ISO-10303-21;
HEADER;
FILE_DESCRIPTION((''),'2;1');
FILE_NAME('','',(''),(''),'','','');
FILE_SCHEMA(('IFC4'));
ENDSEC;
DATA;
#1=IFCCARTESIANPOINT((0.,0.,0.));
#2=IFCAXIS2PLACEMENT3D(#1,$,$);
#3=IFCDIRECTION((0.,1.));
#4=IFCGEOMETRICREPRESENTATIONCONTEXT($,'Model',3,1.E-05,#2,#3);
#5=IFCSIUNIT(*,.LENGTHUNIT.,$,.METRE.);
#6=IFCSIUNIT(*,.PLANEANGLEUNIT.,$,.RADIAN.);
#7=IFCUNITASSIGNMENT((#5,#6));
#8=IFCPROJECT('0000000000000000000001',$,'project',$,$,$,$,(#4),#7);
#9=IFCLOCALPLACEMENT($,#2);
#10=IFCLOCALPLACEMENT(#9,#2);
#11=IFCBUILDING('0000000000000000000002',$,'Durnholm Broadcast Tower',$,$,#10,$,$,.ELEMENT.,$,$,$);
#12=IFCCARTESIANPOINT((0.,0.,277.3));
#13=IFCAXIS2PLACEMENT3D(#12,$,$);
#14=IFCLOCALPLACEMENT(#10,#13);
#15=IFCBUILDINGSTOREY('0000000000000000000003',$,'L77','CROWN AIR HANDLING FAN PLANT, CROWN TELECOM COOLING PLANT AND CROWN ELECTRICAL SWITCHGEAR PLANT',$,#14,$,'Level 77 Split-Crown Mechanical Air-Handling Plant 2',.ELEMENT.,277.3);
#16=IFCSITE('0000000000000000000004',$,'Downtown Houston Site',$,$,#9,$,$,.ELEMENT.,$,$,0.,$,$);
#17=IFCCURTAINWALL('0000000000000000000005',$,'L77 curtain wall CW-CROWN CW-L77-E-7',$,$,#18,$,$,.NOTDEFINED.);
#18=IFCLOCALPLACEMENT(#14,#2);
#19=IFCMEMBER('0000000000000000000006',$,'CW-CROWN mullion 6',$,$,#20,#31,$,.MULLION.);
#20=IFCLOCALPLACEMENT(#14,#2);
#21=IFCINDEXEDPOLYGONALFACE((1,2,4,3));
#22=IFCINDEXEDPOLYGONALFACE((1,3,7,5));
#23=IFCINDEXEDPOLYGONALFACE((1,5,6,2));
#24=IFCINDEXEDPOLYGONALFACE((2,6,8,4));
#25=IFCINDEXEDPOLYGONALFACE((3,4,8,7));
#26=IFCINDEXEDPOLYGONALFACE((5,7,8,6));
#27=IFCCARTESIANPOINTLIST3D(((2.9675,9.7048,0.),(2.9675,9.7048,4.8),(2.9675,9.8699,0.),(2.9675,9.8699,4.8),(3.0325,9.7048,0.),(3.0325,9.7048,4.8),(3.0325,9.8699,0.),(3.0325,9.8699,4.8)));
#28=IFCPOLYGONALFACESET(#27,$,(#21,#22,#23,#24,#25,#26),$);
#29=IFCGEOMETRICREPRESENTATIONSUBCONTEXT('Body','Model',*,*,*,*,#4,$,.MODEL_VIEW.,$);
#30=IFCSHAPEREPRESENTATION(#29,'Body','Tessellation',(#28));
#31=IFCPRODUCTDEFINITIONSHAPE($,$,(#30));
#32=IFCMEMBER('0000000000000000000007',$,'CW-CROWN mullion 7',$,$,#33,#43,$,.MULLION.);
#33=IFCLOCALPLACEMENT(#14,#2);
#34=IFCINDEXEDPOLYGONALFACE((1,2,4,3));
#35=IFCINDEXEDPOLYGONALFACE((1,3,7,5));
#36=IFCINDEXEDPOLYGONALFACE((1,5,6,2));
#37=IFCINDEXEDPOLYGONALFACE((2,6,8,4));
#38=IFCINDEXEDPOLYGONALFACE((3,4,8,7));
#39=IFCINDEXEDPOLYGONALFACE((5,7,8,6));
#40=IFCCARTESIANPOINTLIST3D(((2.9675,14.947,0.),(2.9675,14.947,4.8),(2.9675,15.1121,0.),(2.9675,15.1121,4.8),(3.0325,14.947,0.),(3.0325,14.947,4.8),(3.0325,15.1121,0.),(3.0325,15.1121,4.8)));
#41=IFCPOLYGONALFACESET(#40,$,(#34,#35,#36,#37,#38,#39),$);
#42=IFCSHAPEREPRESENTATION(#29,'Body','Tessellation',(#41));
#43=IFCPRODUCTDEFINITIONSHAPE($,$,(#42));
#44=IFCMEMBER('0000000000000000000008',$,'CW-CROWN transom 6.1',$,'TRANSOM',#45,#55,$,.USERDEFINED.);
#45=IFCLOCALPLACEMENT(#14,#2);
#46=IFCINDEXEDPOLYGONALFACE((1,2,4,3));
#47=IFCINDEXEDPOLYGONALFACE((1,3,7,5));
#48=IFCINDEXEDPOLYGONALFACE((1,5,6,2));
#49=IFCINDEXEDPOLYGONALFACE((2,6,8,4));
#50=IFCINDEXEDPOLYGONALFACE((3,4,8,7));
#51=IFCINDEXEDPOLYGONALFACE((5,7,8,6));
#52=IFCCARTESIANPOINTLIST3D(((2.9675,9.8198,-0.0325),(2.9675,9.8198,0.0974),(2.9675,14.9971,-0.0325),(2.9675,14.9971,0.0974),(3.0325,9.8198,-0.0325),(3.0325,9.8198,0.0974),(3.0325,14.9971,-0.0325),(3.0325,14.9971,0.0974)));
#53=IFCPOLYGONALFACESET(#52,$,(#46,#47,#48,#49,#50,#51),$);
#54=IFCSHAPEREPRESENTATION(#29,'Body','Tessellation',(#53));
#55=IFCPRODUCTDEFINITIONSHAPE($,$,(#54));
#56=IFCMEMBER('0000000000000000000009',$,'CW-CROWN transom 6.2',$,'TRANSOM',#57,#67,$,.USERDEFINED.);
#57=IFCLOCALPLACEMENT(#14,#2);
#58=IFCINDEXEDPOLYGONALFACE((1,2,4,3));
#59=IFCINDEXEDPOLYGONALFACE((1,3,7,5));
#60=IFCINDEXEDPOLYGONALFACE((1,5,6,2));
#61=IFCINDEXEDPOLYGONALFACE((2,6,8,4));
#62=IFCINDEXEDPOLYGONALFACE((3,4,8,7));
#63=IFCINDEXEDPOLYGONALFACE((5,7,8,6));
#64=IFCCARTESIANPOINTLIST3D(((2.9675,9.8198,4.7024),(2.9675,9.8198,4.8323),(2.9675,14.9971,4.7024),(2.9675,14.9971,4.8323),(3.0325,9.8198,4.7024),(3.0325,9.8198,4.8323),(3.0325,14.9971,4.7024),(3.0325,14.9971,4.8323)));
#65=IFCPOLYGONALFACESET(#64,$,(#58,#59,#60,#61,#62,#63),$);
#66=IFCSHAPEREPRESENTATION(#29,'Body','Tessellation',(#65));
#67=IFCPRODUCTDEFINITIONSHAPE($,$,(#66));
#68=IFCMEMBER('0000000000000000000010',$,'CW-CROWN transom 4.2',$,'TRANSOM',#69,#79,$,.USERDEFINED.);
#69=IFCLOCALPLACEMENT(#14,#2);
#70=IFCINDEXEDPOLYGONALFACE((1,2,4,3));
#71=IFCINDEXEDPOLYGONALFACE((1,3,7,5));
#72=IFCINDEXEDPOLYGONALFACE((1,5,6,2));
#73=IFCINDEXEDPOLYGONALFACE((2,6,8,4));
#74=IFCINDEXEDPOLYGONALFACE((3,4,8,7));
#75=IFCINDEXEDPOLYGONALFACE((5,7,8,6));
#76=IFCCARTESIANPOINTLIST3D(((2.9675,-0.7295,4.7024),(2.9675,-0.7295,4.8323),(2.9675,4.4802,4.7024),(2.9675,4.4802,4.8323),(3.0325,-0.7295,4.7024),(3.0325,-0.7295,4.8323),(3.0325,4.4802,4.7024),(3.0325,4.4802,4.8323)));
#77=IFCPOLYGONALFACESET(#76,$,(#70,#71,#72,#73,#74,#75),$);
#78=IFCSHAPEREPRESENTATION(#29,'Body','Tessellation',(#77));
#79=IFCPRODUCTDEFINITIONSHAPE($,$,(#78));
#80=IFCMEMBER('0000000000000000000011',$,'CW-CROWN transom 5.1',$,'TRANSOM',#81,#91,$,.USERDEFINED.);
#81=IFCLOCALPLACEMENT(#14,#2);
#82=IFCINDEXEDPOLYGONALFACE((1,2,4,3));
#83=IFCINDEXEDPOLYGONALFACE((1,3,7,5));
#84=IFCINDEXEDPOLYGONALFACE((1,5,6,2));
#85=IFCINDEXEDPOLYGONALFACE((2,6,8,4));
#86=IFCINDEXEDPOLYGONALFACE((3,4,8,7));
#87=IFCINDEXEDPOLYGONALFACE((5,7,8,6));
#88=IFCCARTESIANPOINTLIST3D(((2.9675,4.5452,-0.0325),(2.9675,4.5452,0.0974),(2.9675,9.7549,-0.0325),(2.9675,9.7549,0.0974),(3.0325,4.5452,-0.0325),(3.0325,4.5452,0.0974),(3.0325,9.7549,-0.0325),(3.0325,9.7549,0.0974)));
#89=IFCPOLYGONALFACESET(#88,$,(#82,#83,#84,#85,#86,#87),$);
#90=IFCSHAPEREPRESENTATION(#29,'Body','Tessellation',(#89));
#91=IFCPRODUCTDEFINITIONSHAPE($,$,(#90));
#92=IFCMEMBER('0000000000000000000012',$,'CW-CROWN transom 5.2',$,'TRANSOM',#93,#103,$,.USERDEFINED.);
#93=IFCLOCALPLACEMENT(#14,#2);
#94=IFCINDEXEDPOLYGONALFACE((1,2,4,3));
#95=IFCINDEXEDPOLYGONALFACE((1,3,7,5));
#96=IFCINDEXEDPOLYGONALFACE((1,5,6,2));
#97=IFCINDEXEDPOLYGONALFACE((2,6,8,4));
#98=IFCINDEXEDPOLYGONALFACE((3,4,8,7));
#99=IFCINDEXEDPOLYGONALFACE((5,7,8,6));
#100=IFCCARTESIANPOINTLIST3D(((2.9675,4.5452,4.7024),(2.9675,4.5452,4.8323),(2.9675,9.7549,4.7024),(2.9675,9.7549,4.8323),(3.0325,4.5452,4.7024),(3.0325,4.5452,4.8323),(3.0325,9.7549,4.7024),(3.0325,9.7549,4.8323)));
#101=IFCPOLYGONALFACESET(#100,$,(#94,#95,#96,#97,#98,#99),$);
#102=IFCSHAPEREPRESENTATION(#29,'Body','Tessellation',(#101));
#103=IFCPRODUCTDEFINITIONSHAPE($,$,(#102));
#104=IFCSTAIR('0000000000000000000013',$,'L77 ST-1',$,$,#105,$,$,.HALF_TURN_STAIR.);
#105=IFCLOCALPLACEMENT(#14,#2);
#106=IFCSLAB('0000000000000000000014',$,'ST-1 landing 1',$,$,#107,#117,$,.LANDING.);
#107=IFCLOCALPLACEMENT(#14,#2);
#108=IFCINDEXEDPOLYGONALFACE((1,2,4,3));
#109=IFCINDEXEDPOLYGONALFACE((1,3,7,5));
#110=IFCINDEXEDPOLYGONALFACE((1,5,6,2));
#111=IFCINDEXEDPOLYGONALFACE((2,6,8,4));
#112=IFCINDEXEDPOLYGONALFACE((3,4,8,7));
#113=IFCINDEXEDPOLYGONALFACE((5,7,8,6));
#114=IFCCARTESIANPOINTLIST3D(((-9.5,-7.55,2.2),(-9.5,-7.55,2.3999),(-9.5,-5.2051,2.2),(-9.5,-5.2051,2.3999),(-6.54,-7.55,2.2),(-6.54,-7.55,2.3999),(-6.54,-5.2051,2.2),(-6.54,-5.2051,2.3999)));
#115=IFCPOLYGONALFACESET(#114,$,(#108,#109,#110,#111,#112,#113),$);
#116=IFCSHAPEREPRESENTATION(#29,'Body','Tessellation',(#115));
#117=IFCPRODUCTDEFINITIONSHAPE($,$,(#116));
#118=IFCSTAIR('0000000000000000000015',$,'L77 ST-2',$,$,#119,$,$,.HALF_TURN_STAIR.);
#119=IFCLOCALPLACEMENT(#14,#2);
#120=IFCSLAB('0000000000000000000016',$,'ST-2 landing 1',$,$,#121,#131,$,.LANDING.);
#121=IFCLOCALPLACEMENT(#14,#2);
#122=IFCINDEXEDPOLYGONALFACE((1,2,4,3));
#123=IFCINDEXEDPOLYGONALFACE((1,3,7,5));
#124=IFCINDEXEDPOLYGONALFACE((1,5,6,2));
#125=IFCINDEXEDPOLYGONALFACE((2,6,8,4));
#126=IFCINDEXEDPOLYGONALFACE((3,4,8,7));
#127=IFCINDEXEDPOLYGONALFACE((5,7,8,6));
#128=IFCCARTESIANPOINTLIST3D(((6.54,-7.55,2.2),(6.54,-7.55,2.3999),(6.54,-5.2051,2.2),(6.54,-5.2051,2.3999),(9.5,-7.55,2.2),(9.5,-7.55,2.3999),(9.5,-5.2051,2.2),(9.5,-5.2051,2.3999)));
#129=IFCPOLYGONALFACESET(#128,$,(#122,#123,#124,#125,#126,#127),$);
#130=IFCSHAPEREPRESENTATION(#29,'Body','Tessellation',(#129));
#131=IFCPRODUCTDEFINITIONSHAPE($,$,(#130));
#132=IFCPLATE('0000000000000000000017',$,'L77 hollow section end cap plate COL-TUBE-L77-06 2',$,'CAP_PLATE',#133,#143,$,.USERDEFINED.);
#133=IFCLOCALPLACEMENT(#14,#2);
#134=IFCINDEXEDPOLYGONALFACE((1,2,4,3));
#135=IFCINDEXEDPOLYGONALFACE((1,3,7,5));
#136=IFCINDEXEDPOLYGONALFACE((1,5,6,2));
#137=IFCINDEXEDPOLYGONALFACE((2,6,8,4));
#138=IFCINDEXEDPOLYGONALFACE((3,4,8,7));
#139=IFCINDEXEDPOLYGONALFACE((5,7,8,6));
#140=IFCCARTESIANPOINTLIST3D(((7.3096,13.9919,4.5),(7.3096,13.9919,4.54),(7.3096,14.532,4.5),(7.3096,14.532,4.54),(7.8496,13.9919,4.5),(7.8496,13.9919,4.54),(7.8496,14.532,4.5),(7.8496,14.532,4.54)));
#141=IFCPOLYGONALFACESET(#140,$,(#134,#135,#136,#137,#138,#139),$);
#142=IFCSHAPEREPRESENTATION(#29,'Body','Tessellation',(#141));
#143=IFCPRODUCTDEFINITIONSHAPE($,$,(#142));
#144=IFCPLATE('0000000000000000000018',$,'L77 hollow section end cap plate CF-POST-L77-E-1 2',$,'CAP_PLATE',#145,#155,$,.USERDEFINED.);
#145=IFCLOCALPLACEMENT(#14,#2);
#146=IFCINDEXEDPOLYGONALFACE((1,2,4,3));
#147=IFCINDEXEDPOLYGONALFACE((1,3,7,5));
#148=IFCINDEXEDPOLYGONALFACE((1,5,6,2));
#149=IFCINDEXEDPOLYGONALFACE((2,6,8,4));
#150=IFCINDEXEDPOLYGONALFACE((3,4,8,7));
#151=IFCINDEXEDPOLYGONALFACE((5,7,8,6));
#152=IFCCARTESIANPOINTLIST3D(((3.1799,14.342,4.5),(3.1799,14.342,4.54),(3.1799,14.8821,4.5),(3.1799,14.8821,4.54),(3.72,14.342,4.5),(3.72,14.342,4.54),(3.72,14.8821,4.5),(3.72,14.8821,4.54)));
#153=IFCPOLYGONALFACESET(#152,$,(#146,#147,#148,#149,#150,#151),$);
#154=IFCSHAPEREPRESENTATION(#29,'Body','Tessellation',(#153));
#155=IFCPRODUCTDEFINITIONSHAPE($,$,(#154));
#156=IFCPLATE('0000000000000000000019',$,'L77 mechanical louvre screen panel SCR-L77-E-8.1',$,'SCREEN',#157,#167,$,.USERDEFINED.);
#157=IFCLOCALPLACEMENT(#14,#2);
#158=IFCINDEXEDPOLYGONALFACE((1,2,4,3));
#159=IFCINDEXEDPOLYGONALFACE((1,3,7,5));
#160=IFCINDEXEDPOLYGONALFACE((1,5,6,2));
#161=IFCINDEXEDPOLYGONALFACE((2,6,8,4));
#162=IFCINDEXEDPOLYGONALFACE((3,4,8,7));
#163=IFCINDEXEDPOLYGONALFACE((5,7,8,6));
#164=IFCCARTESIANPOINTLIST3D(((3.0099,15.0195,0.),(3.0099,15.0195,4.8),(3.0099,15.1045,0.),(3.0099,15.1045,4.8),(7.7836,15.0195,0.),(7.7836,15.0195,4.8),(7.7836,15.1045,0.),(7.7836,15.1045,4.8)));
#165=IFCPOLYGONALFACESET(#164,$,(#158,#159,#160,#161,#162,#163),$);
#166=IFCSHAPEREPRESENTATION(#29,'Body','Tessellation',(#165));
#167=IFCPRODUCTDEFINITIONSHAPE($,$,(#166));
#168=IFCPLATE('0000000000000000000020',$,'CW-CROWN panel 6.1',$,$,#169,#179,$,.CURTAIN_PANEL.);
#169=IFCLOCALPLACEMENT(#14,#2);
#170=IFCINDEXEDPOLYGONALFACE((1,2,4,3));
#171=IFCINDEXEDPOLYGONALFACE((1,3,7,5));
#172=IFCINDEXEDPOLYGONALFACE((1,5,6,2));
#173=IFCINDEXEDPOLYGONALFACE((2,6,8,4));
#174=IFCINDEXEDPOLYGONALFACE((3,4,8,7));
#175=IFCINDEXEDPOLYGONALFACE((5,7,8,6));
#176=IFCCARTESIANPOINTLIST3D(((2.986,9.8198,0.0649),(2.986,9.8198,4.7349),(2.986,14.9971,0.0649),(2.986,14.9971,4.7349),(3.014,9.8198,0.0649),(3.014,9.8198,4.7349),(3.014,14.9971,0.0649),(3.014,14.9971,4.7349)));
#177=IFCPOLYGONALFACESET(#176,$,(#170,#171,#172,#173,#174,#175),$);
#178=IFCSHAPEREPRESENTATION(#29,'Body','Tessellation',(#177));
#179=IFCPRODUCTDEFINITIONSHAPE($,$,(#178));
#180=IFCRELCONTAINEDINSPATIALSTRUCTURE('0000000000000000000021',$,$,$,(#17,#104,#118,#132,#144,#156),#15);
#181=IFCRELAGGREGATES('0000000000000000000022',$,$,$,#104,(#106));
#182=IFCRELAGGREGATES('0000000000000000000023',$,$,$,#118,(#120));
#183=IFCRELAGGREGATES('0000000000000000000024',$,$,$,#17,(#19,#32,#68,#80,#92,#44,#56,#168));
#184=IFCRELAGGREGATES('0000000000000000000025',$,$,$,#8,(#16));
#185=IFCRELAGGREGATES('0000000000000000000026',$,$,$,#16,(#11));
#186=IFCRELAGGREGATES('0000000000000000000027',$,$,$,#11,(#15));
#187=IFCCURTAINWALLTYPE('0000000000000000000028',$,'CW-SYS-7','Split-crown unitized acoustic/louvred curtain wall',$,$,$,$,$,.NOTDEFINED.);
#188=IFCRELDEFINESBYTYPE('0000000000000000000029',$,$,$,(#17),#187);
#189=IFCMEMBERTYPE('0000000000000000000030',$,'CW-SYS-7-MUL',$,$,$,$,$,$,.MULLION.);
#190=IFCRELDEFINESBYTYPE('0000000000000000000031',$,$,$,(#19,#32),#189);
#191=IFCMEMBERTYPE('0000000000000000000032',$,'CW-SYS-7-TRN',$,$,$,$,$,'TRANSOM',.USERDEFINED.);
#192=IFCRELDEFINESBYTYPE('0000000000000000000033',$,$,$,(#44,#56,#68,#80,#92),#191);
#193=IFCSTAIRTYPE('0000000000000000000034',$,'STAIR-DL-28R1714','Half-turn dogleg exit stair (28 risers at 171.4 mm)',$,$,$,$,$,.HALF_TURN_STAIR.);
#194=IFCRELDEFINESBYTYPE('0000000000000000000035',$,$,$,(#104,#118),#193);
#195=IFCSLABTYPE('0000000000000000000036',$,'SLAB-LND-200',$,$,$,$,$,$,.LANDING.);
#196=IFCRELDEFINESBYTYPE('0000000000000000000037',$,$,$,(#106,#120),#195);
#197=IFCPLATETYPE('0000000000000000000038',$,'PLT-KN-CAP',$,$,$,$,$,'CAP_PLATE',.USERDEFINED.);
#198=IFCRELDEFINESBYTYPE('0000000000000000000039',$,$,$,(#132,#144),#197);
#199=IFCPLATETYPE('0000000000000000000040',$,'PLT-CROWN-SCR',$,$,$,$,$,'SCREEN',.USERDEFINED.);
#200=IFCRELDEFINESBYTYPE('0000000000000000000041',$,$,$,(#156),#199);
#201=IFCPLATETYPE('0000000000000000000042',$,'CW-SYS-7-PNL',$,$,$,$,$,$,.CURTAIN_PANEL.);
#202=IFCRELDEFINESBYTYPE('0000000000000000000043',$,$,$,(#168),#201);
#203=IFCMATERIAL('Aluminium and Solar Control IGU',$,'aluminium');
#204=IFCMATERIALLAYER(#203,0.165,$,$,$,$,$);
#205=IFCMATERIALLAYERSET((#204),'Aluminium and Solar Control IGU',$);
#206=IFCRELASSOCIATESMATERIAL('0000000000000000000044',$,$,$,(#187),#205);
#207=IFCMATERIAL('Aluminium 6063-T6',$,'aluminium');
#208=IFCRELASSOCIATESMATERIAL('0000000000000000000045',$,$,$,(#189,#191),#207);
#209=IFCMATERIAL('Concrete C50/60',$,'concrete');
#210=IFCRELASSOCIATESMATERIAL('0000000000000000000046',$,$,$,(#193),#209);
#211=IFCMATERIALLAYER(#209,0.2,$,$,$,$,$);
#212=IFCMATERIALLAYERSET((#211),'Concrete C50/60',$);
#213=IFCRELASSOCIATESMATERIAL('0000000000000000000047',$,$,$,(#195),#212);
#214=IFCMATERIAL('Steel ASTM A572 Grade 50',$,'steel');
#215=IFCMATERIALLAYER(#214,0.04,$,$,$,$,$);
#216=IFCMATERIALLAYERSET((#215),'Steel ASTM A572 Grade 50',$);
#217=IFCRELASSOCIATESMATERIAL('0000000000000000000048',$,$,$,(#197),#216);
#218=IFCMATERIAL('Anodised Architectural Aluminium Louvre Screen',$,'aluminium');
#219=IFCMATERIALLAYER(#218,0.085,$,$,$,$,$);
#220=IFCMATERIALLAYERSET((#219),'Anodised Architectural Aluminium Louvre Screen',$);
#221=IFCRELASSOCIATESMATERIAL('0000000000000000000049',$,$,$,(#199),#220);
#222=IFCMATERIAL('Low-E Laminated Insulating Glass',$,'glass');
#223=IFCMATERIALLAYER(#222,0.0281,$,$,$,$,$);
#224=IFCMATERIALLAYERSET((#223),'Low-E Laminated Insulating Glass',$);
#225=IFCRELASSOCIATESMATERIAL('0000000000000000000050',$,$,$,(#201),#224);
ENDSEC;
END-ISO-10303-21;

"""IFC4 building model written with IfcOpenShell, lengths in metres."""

from ifc_helpers import new_model, si_unit, direction, frame, origin, origin_2d, place, context, subcontext, project, spatial, polyline, rectangle, outline, extrude, source, transform, mapped, material, layer, layer_set, material_profile, profile_set, type_object, type_shapes, element, aggregate, save


model = new_model("IFC4")

# Units and contexts
model_context = context("Model", 3, precision=1e-05, world=origin(), true_north=direction((0.0, 1.0)))
body_context = subcontext(model_context, "Body", "Model", "MODEL_VIEW")
ifc_project = project(units=[si_unit("LENGTHUNIT", "METRE"), si_unit("PLANEANGLEUNIT", "RADIAN")], contexts=[model_context])

# Site, building, storey
site_placement = place(None, origin())
site = spatial("IfcSite", under=ifc_project, at=site_placement, Name="Downtown Houston Site", CompositionType="ELEMENT", RefElevation=0.0)
building_placement = place(site_placement, origin())
building = spatial("IfcBuilding", under=site, at=building_placement, Name="Durnholm Broadcast Tower", CompositionType="ELEMENT")
storey_placement = place(building_placement, frame((0.0, 0.0, 277.3)))
storey = spatial("IfcBuildingStorey", under=building, at=storey_placement, Name="L77", Description="CROWN AIR HANDLING FAN PLANT, CROWN TELECOM COOLING PLANT AND CROWN ELECTRICAL SWITCHGEAR PLANT", LongName="Level 77 Split-Crown Mechanical Air-Handling Plant 2", CompositionType="ELEMENT", Elevation=277.3)

# Curtain wall, members
ifc_material_1 = material(Name="Aluminium and Solar Control IGU", Category="aluminium")
ifc_layer_1 = layer(ifc_material_1, 0.165)
ifc_layer_set_1 = layer_set([ifc_layer_1], Name="Aluminium and Solar Control IGU")
curtain_wall_type = type_object("IfcCurtainWallType", Name="CW-SYS-7", Description="Split-crown unitized acoustic/louvred curtain wall", PredefinedType="NOTDEFINED", material=ifc_layer_set_1)
curtain_wall_placement = place(storey_placement, origin())
curtain_wall = element("IfcCurtainWall", 1, at=curtain_wall_placement, inside=storey, type_object=curtain_wall_type, Name="L77 curtain wall CW-CROWN CW-L77-E-7", PredefinedType="NOTDEFINED")
ifc_material_2 = material(Name="Aluminium 6063-T6", Category="aluminium")
ifc_material_profile_1 = material_profile(ifc_material_2, rectangle(XDim=0.0649, YDim=0.165, at=origin_2d()), Name="CWM65X165")
ifc_profile_set_1 = profile_set([ifc_material_profile_1], Name="Aluminium 6063-T6")
member_type_1 = type_object("IfcMemberType", Name="CW-SYS-7-MUL", PredefinedType="MULLION", material=ifc_profile_set_1)
shared_shape_1 = source(origin(), body_context, "Body", "SweptSolid", [
    extrude(rectangle(XDim=0.0649, YDim=0.165, at=origin_2d()), origin(), (0.0, 0.0, 1.0), 4.8),
])
type_shapes(member_type_1, [shared_shape_1])
member_1_placement = place(storey_placement, frame((3.0, 9.7874, 0.0), z_axis=(0.0, 0.0, 1.0), x_axis=(-1.0, 0.0, 0.0)))
member_1 = element("IfcMember", 2, at=member_1_placement, type_object=member_type_1, Name="CW-CROWN mullion 6", PredefinedType="MULLION", context=body_context, shape_type="MappedRepresentation", body=[
    mapped(shared_shape_1, transform((0.0, 0.0, 0.0), x_axis=(1.0, 0.0, 0.0), y_axis=(0.0, 1.0, 0.0), z_axis=(0.0, 0.0, 1.0), scale=1.0)),
])
member_2_placement = place(storey_placement, frame((3.0, 15.0295, 0.0), z_axis=(0.0, 0.0, 1.0), x_axis=(-1.0, 0.0, 0.0)))
member_2 = element("IfcMember", 3, at=member_2_placement, type_object=member_type_1, Name="CW-CROWN mullion 7", PredefinedType="MULLION", context=body_context, shape_type="MappedRepresentation", body=[
    mapped(shared_shape_1, transform((0.0, 0.0, 0.0), x_axis=(1.0, 0.0, 0.0), y_axis=(0.0, 1.0, 0.0), z_axis=(0.0, 0.0, 1.0), scale=1.0)),
])
ifc_material_profile_2 = material_profile(ifc_material_2, rectangle(XDim=0.0649, YDim=0.1299, at=origin_2d()), Name="CWT65X130")
ifc_profile_set_2 = profile_set([ifc_material_profile_2], Name="Aluminium 6063-T6")
member_type_2 = type_object("IfcMemberType", Name="CW-SYS-7-TRN", ElementType="TRANSOM", PredefinedType="USERDEFINED", material=ifc_profile_set_2)
shared_shape_2 = source(origin(), body_context, "Body", "SweptSolid", [
    extrude(rectangle(XDim=0.0649, YDim=0.1299, at=origin_2d()), origin(), (0.0, 0.0, 1.0), 5.1772),
])
member_3_placement = place(storey_placement, frame((3.0, 9.8198, 0.0325), z_axis=(0.0, 1.0, 0.0), x_axis=(-1.0, 0.0, 0.0)))
member_3 = element("IfcMember", 4, at=member_3_placement, type_object=member_type_2, Name="CW-CROWN transom 6.1", ObjectType="TRANSOM", PredefinedType="USERDEFINED", context=body_context, shape_type="MappedRepresentation", body=[
    mapped(shared_shape_2, transform((0.0, 0.0, 0.0), x_axis=(1.0, 0.0, 0.0), y_axis=(0.0, 1.0, 0.0), z_axis=(0.0, 0.0, 1.0), scale=1.0)),
])
member_4_placement = place(storey_placement, frame((3.0, 9.8198, 4.7673), z_axis=(0.0, 1.0, 0.0), x_axis=(-1.0, 0.0, 0.0)))
member_4 = element("IfcMember", 5, at=member_4_placement, type_object=member_type_2, Name="CW-CROWN transom 6.2", ObjectType="TRANSOM", PredefinedType="USERDEFINED", context=body_context, shape_type="MappedRepresentation", body=[
    mapped(shared_shape_2, transform((0.0, 0.0, 0.0), x_axis=(1.0, 0.0, 0.0), y_axis=(0.0, 1.0, 0.0), z_axis=(0.0, 0.0, 1.0), scale=1.0)),
])
shared_shape_3 = source(origin(), body_context, "Body", "SweptSolid", [
    extrude(rectangle(XDim=0.0649, YDim=0.1299, at=origin_2d()), origin(), (0.0, 0.0, 1.0), 5.2097),
])
type_shapes(member_type_2, [shared_shape_2, shared_shape_3])
member_5_placement = place(storey_placement, frame((3.0, -0.7295, 4.7673), z_axis=(0.0, 1.0, 0.0), x_axis=(-1.0, 0.0, 0.0)))
member_5 = element("IfcMember", 6, at=member_5_placement, type_object=member_type_2, Name="CW-CROWN transom 4.2", ObjectType="TRANSOM", PredefinedType="USERDEFINED", context=body_context, shape_type="MappedRepresentation", body=[
    mapped(shared_shape_3, transform((0.0, 0.0, 0.0), x_axis=(1.0, 0.0, 0.0), y_axis=(0.0, 1.0, 0.0), z_axis=(0.0, 0.0, 1.0), scale=1.0)),
])
member_6_placement = place(storey_placement, frame((3.0, 4.5452, 0.0325), z_axis=(0.0, 1.0, 0.0), x_axis=(-1.0, 0.0, 0.0)))
member_6 = element("IfcMember", 7, at=member_6_placement, type_object=member_type_2, Name="CW-CROWN transom 5.1", ObjectType="TRANSOM", PredefinedType="USERDEFINED", context=body_context, shape_type="MappedRepresentation", body=[
    mapped(shared_shape_3, transform((0.0, 0.0, 0.0), x_axis=(1.0, 0.0, 0.0), y_axis=(0.0, 1.0, 0.0), z_axis=(0.0, 0.0, 1.0), scale=1.0)),
])
member_7_placement = place(storey_placement, frame((3.0, 4.5452, 4.7673), z_axis=(0.0, 1.0, 0.0), x_axis=(-1.0, 0.0, 0.0)))
member_7 = element("IfcMember", 8, at=member_7_placement, type_object=member_type_2, Name="CW-CROWN transom 5.2", ObjectType="TRANSOM", PredefinedType="USERDEFINED", context=body_context, shape_type="MappedRepresentation", body=[
    mapped(shared_shape_3, transform((0.0, 0.0, 0.0), x_axis=(1.0, 0.0, 0.0), y_axis=(0.0, 1.0, 0.0), z_axis=(0.0, 0.0, 1.0), scale=1.0)),
])

# Stairs, slabs
ifc_material_3 = material(Name="Concrete C50/60", Category="concrete")
stair_type = type_object("IfcStairType", Name="STAIR-DL-28R1714", Description="Half-turn dogleg exit stair (28 risers at 171.4 mm)", PredefinedType="HALF_TURN_STAIR", material=ifc_material_3)
stair_1_placement = place(storey_placement, origin())
stair_1 = element("IfcStair", 9, at=stair_1_placement, inside=storey, type_object=stair_type, Name="L77 ST-1", PredefinedType="HALF_TURN_STAIR")
ifc_layer_2 = layer(ifc_material_3, 0.2)
ifc_layer_set_2 = layer_set([ifc_layer_2], Name="Concrete C50/60")
slab_type = type_object("IfcSlabType", Name="SLAB-LND-200", PredefinedType="LANDING", material=ifc_layer_set_2)
slab_1_placement = place(storey_placement, frame((0.0, 0.0, 2.2)))
slab_1 = element("IfcSlab", 10, at=slab_1_placement, type_object=slab_type, Name="ST-1 landing 1", PredefinedType="LANDING", context=body_context, shape_type="SweptSolid", body=[
    extrude(outline(polyline([(-9.5, -5.2051), (-9.5, -7.55), (-6.54, -7.55), (-6.54, -5.2051), (-9.5, -5.2051)])), origin(), (0.0, 0.0, 1.0), 0.2),
])
aggregate(stair_1, [slab_1])
stair_2_placement = place(storey_placement, origin())
stair_2 = element("IfcStair", 11, at=stair_2_placement, inside=storey, type_object=stair_type, Name="L77 ST-2", PredefinedType="HALF_TURN_STAIR")
slab_2_placement = place(storey_placement, frame((0.0, 0.0, 2.2)))
slab_2 = element("IfcSlab", 12, at=slab_2_placement, type_object=slab_type, Name="ST-2 landing 1", PredefinedType="LANDING", context=body_context, shape_type="SweptSolid", body=[
    extrude(outline(polyline([(6.54, -5.2051), (6.54, -7.55), (9.5, -7.55), (9.5, -5.2051), (6.54, -5.2051)])), origin(), (0.0, 0.0, 1.0), 0.2),
])
aggregate(stair_2, [slab_2])

# Plates
ifc_material_4 = material(Name="Steel ASTM A572 Grade 50", Category="steel")
ifc_layer_3 = layer(ifc_material_4, 0.04)
ifc_layer_set_3 = layer_set([ifc_layer_3], Name="Steel ASTM A572 Grade 50")
plate_type_1 = type_object("IfcPlateType", Name="PLT-KN-CAP", ElementType="CAP_PLATE", PredefinedType="USERDEFINED", material=ifc_layer_set_3)
shared_shape_4 = source(origin(), body_context, "Body", "SweptSolid", [
    extrude(rectangle(XDim=0.54, YDim=0.54, at=origin_2d()), origin(), (0.0, 0.0, 1.0), 0.04),
])
type_shapes(plate_type_1, [shared_shape_4])
for number, where, z_axis, x_axis, name in (
    (13, (7.5796, 14.262, 4.5), (0.0, 0.0, 1.0), (1.0, 0.0, 0.0), "L77 hollow section end cap plate COL-TUBE-L77-06 2"),
    (14, (3.45, 14.6121, 4.5), (0.0, 0.0, 1.0), (1.0, 0.0, 0.0), "L77 hollow section end cap plate CF-POST-L77-E-1 2"),
):
    element("IfcPlate", number, at=place(storey_placement, frame(where, z_axis=z_axis, x_axis=x_axis)), inside=storey, type_object=plate_type_1, Name=name, ObjectType="CAP_PLATE", PredefinedType="USERDEFINED", context=body_context, shape_type="MappedRepresentation", body=[
        mapped(shared_shape_4, transform((0.0, 0.0, 0.0), x_axis=(1.0, 0.0, 0.0), y_axis=(0.0, 1.0, 0.0), z_axis=(0.0, 0.0, 1.0), scale=1.0)),
    ])
ifc_material_5 = material(Name="Anodised Architectural Aluminium Louvre Screen", Category="aluminium")
ifc_layer_4 = layer(ifc_material_5, 0.085)
ifc_layer_set_4 = layer_set([ifc_layer_4], Name="Anodised Architectural Aluminium Louvre Screen")
plate_type_2 = type_object("IfcPlateType", Name="PLT-CROWN-SCR", ElementType="SCREEN", PredefinedType="USERDEFINED", material=ifc_layer_set_4)
shared_shape_5 = source(origin(), body_context, "Body", "SweptSolid", [
    extrude(rectangle(XDim=4.7737, YDim=0.085, at=origin_2d()), origin(), (0.0, 0.0, 1.0), 4.8),
])
type_shapes(plate_type_2, [shared_shape_5])
plate_1_placement = place(storey_placement, frame((5.3967, 15.062, 0.0), z_axis=(0.0, 0.0, 1.0), x_axis=(1.0, 0.0, 0.0)))
element("IfcPlate", 15, at=plate_1_placement, inside=storey, type_object=plate_type_2, Name="L77 mechanical louvre screen panel SCR-L77-E-8.1", ObjectType="SCREEN", PredefinedType="USERDEFINED", context=body_context, shape_type="MappedRepresentation", body=[
    mapped(shared_shape_5, transform((0.0, 0.0, 0.0), x_axis=(1.0, 0.0, 0.0), y_axis=(0.0, 1.0, 0.0), z_axis=(0.0, 0.0, 1.0), scale=1.0)),
])

# Plate
ifc_material_6 = material(Name="Low-E Laminated Insulating Glass", Category="glass")
ifc_layer_5 = layer(ifc_material_6, 0.0281)
ifc_layer_set_5 = layer_set([ifc_layer_5], Name="Low-E Laminated Insulating Glass")
plate_type_3 = type_object("IfcPlateType", Name="CW-SYS-7-PNL", PredefinedType="CURTAIN_PANEL", material=ifc_layer_set_5)
shared_shape_6 = source(origin(), body_context, "Body", "SweptSolid", [
    extrude(rectangle(XDim=5.1772, YDim=0.0281, at=origin_2d()), origin(), (0.0, 0.0, 1.0), 4.6699),
])
plate_2_placement = place(storey_placement, frame((3.0, 12.4084, 0.0649), z_axis=(0.0, 0.0, 1.0), x_axis=(0.0, 1.0, 0.0)))
plate_2 = element("IfcPlate", 16, at=plate_2_placement, type_object=plate_type_3, Name="CW-CROWN panel 6.1", PredefinedType="CURTAIN_PANEL", context=body_context, shape_type="MappedRepresentation", body=[
    mapped(shared_shape_6, transform((0.0, 0.0, 0.0), x_axis=(1.0, 0.0, 0.0), y_axis=(0.0, 1.0, 0.0), z_axis=(0.0, 0.0, 1.0), scale=1.0)),
])
aggregate(curtain_wall, [member_1, member_2, member_5, member_6, member_7, member_3, member_4, plate_2])

save(model, "model.ifc")
